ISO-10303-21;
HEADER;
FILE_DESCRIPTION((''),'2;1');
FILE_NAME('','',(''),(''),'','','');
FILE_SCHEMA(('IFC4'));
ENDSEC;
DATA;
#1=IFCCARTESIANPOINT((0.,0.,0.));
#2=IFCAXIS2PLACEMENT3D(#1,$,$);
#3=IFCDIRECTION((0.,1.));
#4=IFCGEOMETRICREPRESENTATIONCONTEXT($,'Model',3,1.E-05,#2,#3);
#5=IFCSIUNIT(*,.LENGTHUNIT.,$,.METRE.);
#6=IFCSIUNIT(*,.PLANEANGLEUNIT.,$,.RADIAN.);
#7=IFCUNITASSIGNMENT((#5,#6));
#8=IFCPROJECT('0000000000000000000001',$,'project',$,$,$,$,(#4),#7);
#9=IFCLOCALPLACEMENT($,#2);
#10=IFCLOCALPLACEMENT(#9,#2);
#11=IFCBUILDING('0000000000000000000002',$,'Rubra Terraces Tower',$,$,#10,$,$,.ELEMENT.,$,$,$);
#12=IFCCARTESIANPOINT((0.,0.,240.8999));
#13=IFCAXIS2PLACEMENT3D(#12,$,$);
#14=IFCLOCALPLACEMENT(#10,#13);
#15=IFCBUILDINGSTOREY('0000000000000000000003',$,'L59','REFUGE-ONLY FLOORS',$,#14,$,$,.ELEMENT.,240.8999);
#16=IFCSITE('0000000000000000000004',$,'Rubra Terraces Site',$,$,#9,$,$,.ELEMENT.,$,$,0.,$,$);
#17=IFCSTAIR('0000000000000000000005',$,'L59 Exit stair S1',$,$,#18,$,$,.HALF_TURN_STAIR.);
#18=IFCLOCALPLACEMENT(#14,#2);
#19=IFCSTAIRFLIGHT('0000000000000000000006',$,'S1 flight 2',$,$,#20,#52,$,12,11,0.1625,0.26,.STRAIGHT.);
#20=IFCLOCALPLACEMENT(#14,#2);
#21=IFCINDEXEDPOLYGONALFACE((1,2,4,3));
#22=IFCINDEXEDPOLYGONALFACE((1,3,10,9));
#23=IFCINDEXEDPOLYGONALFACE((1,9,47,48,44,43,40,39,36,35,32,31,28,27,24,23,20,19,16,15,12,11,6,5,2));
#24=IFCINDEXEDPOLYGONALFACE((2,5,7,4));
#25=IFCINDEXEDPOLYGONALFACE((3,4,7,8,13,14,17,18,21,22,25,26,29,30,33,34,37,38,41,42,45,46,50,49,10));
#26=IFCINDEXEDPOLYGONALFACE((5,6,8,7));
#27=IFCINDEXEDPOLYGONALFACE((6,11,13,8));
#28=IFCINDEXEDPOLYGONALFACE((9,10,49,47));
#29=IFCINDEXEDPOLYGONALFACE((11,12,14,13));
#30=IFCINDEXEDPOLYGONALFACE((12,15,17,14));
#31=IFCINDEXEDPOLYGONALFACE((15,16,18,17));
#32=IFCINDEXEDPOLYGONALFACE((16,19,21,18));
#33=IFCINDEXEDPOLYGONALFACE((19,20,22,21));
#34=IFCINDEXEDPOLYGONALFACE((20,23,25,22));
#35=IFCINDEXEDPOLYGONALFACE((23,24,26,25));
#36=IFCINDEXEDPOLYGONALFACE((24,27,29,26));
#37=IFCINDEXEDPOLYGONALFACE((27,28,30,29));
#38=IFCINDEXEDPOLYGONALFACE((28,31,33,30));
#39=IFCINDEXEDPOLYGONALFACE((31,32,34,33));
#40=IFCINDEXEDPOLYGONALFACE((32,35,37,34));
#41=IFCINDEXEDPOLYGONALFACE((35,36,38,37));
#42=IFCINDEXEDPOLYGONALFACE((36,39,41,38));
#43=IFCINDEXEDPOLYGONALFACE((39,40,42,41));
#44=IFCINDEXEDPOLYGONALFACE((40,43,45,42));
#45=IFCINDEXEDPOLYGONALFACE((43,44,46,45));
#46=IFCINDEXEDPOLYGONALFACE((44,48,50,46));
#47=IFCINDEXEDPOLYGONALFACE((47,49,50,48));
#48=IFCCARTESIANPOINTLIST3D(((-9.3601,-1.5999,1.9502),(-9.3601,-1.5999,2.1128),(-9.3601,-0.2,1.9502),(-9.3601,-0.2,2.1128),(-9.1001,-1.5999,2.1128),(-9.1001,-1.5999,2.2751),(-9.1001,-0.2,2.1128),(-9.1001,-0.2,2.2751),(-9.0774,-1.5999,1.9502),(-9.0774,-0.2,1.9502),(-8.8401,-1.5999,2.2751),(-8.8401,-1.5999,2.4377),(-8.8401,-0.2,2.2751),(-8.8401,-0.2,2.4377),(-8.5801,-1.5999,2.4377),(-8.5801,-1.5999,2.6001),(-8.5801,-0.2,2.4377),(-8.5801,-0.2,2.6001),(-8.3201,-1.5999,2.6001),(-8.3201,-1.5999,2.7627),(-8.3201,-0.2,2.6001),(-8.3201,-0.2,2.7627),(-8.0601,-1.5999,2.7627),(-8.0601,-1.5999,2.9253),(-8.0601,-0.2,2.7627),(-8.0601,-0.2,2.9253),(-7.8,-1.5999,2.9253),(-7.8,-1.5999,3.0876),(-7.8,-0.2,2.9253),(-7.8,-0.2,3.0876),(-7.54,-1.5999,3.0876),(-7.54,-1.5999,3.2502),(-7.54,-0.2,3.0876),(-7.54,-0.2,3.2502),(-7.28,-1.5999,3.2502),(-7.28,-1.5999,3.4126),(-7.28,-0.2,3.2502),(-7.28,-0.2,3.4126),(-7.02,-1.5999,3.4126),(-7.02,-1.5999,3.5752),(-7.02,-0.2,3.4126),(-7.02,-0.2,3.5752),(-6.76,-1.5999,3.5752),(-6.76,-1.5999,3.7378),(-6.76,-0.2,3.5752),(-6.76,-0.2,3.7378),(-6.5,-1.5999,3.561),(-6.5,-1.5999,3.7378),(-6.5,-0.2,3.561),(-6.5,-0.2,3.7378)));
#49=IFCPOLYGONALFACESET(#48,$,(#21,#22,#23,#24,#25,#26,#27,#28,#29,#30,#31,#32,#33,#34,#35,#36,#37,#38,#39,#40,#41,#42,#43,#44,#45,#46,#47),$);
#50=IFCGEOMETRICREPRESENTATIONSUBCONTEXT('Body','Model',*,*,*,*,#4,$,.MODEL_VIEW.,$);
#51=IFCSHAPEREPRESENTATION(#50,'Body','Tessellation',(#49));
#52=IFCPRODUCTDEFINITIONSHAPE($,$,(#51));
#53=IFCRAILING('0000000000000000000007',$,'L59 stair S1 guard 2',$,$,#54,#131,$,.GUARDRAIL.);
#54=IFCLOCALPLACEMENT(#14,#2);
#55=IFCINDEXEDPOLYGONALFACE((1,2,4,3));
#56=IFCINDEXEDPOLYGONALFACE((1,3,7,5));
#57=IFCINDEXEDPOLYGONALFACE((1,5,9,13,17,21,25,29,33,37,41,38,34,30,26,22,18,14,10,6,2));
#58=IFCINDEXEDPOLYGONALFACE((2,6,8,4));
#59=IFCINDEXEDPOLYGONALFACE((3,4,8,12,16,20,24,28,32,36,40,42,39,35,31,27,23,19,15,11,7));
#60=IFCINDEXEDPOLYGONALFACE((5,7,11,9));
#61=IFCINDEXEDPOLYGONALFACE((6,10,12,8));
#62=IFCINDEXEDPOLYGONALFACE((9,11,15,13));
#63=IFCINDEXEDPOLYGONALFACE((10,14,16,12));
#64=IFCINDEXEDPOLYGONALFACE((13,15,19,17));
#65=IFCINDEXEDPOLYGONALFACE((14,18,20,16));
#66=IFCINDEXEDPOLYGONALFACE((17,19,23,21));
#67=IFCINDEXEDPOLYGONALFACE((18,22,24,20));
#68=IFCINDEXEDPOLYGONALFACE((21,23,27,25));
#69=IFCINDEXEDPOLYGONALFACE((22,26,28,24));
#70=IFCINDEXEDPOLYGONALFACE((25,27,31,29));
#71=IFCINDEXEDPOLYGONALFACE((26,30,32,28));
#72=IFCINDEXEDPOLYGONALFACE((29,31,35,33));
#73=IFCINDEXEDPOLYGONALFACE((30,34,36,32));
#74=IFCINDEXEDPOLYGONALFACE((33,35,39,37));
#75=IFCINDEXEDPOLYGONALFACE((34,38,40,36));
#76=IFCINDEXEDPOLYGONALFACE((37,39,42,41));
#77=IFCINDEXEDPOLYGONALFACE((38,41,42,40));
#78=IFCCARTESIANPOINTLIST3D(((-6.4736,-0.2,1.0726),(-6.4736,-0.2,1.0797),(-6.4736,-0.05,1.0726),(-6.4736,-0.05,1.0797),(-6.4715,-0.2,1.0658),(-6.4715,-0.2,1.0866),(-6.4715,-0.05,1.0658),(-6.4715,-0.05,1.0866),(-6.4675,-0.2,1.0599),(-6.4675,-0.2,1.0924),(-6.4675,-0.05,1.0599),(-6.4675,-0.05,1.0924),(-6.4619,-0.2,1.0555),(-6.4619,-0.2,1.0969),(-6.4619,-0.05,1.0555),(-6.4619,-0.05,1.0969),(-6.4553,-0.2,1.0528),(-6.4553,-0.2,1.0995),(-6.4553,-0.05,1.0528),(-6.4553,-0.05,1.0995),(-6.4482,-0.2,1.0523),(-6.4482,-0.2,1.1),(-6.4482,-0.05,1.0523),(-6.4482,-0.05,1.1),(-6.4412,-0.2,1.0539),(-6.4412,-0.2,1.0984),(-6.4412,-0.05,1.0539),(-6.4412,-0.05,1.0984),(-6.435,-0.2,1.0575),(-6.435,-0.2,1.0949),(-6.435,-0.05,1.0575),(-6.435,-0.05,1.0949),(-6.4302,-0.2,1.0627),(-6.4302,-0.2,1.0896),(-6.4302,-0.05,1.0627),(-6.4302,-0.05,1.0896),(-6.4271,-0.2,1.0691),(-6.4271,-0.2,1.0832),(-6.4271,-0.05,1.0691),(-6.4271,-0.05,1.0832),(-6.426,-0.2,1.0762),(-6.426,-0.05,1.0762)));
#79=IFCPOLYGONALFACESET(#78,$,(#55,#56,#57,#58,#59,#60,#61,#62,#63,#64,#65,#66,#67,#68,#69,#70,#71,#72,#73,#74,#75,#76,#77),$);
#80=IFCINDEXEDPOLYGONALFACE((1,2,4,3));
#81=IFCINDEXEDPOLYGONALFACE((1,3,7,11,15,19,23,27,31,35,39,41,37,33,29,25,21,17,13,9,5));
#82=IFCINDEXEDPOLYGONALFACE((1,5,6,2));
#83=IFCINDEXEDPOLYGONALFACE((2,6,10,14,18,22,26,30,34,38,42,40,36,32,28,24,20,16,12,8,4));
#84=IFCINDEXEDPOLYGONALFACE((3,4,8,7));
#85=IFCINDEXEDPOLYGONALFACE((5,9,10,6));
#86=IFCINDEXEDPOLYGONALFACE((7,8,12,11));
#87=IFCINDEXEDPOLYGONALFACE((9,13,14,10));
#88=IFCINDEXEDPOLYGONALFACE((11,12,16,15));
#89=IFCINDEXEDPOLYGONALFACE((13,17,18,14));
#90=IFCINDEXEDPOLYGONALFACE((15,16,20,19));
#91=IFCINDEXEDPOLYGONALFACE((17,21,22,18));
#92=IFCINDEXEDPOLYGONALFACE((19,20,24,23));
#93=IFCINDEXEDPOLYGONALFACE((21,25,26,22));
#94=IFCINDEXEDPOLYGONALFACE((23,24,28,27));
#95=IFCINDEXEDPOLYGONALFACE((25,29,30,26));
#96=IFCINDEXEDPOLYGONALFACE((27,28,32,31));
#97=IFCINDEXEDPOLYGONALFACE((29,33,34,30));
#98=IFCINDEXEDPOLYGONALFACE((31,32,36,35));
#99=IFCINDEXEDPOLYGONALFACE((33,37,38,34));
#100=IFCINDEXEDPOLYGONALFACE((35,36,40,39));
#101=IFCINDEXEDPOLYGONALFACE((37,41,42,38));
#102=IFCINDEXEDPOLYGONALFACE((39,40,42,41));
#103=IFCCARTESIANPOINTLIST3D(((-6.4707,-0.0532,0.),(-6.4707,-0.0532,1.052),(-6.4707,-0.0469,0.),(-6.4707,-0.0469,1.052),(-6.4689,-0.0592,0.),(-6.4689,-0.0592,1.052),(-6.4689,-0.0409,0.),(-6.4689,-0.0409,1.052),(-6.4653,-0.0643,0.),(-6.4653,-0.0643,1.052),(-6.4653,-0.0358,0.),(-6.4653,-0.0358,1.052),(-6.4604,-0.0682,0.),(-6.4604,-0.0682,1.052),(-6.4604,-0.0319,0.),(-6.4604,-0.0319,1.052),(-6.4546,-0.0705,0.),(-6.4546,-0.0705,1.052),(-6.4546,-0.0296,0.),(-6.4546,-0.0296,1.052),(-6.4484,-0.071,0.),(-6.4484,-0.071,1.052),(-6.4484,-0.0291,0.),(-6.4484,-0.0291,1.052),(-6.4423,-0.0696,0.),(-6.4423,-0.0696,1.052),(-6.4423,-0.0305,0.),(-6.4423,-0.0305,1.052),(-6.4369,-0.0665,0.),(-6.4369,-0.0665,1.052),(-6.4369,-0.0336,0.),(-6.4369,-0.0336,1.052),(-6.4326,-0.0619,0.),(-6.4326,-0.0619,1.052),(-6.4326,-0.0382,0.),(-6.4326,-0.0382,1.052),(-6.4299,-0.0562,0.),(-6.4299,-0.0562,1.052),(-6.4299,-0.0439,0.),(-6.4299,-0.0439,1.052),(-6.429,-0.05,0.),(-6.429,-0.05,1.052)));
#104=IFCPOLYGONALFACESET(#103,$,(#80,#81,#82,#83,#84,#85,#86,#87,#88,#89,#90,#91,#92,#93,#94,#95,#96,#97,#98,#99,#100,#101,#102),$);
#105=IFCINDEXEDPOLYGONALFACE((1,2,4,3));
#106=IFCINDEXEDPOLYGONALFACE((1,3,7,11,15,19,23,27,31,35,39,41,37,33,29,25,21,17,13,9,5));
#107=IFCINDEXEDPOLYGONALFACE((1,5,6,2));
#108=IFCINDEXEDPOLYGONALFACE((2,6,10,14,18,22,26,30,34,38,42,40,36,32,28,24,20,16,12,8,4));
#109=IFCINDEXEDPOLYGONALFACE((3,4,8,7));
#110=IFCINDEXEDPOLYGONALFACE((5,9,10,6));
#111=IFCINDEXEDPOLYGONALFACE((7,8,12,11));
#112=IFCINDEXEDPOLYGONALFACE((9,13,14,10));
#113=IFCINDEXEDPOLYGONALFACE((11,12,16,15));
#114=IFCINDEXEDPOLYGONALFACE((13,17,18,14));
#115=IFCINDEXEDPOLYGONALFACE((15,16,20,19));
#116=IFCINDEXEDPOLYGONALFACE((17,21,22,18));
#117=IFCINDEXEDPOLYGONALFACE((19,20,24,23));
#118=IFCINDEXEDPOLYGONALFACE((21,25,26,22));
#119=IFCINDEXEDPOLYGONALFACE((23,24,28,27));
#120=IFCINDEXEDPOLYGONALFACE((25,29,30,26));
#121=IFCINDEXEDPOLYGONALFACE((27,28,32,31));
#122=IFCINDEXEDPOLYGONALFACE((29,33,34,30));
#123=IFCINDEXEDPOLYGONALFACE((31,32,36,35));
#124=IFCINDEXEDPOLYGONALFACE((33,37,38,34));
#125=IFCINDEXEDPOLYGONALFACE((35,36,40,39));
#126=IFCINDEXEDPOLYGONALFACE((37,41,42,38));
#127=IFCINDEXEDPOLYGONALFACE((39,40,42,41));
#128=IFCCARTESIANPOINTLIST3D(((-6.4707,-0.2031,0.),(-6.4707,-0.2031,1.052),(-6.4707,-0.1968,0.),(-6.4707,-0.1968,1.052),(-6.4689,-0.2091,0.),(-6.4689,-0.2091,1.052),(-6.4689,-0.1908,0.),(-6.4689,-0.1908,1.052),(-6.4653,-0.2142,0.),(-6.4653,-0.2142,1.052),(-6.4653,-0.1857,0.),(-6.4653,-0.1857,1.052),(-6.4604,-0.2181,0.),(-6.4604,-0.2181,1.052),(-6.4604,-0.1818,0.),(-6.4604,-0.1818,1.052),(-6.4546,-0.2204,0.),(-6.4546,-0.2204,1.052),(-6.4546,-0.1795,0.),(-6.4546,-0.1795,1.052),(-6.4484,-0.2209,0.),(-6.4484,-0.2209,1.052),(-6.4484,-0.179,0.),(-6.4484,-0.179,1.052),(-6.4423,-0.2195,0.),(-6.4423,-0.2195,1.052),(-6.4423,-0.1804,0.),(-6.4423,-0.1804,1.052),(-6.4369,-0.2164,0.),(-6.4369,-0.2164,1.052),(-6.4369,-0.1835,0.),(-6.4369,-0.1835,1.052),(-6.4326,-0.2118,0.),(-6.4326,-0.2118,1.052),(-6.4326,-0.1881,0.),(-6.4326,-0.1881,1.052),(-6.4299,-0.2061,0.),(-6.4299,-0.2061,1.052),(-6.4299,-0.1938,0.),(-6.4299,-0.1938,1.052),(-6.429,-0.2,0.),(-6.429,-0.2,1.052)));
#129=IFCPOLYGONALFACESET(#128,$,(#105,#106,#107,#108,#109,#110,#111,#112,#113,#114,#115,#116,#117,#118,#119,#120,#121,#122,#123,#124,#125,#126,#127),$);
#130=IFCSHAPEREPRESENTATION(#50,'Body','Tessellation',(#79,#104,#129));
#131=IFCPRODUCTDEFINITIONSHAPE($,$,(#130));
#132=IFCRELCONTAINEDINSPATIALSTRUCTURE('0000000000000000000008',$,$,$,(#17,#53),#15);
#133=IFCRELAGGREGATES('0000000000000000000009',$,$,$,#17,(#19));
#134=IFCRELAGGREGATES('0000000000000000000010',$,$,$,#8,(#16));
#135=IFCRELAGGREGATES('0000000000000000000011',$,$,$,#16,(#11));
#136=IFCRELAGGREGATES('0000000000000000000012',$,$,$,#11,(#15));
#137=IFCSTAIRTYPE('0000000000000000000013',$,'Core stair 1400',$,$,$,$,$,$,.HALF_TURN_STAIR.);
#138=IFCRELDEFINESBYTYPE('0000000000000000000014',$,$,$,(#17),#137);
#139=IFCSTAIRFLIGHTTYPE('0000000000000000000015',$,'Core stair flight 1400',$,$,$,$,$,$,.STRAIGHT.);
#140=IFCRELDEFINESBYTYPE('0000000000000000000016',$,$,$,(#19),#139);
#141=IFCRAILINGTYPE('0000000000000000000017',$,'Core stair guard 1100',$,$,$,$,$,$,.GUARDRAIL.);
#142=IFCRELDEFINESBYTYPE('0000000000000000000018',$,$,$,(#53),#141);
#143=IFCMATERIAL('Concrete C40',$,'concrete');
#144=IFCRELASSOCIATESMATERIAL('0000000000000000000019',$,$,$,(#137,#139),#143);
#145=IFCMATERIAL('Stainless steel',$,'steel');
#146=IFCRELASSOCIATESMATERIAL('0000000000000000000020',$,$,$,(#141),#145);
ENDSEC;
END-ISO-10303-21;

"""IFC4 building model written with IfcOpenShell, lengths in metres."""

from ifc_helpers import new_model, si_unit, direction, frame, origin, origin_2d, place, context, subcontext, project, spatial, polyline, circle, outline, extrude, material, type_object, element, aggregate, save


model = new_model("IFC4")

# Units and contexts
model_context = context("Model", 3, precision=1e-05, world=origin(), true_north=direction((0.0, 1.0)))
body_context = subcontext(model_context, "Body", "Model", "MODEL_VIEW")
ifc_project = project(units=[si_unit("LENGTHUNIT", "METRE"), si_unit("PLANEANGLEUNIT", "RADIAN")], contexts=[model_context])

# Site, building, storey
site_placement = place(None, origin())
site = spatial("IfcSite", under=ifc_project, at=site_placement, Name="Rubra Terraces Site", CompositionType="ELEMENT", RefElevation=0.0)
building_placement = place(site_placement, origin())
building = spatial("IfcBuilding", under=site, at=building_placement, Name="Rubra Terraces Tower", CompositionType="ELEMENT")
storey_placement = place(building_placement, frame((0.0, 0.0, 240.8999)))
storey = spatial("IfcBuildingStorey", under=building, at=storey_placement, Name="L59", Description="REFUGE-ONLY FLOORS", CompositionType="ELEMENT", Elevation=240.8999)

# Shared definitions
ifc_material_1 = material(Name="Concrete C40", Category="concrete")

# Stair, stair flight
stair_type = type_object("IfcStairType", Name="Core stair 1400", PredefinedType="HALF_TURN_STAIR", material=ifc_material_1)
stair_placement = place(storey_placement, origin())
stair = element("IfcStair", 1, at=stair_placement, inside=storey, type_object=stair_type, Name="L59 Exit stair S1", PredefinedType="HALF_TURN_STAIR")
stair_flight_type = type_object("IfcStairFlightType", Name="Core stair flight 1400", PredefinedType="STRAIGHT", material=ifc_material_1)
stair_flight_1_placement = place(storey_placement, frame((-9.3601, -0.8999, 1.9502), z_axis=(0.0, 0.0, 1.0), x_axis=(1.0, 0.0, 0.0)))
stair_flight_1 = element("IfcStairFlight", 2, at=stair_flight_1_placement, type_object=stair_flight_type, Name="S1 flight 2", NumberOfRisers=12, NumberOfTreads=11, PredefinedType="STRAIGHT", RiserHeight=0.1625, TreadLength=0.26, context=body_context, shape_type="SweptSolid", body=[
    extrude(outline(polyline([(0.0, 0.0), (0.0, 0.1626), (0.26, 0.1626), (0.26, 0.325), (0.52, 0.325), (0.52, 0.4875), (0.78, 0.4875), (0.78, 0.6499), (1.04, 0.6499), (1.04, 0.8125), (1.3, 0.8125), (1.3, 0.9751), (1.5601, 0.9751), (1.5601, 1.1375), (1.8201, 1.1375), (1.8201, 1.3), (2.0801, 1.3), (2.0801, 1.4624), (2.3401, 1.4624), (2.3401, 1.625), (2.6001, 1.625), (2.6001, 1.7876), (2.8601, 1.7876), (2.8601, 1.95), (2.8601, 1.6108), (0.2827, 0.0), (0.0, 0.0)])), frame((0.0, 0.7, 0.0), z_axis=(0.0, -1.0, 0.0), x_axis=(1.0, 0.0, 0.0)), (0.0, 0.0, 1.0), 1.3999),
])
aggregate(stair, [stair_flight_1])

# Railing
ifc_material_2 = material(Name="Stainless steel", Category="steel")
railing_type_1 = type_object("IfcRailingType", Name="Core stair guard 1100", PredefinedType="GUARDRAIL", material=ifc_material_2)
railing_1_placement = place(storey_placement, frame((-6.45, -0.05, 0.0)))
element("IfcRailing", 3, at=railing_1_placement, inside=storey, type_object=railing_type_1, Name="L59 stair S1 guard 2", PredefinedType="GUARDRAIL", context=body_context, shape_type="SweptSolid", body=[
    extrude(circle(Radius=0.0239, at=origin_2d()), frame((0.0, 0.0, 1.0762), z_axis=(0.0, -1.0, 0.0), x_axis=(1.0, 0.0, 0.0)), (0.0, 0.0, 1.0), 0.1499),
    extrude(circle(Radius=0.021, at=origin_2d()), origin(), (0.0, 0.0, 1.0), 1.052),
    extrude(circle(Radius=0.021, at=origin_2d()), frame((0.0, -0.1499, 0.0)), (0.0, 0.0, 1.0), 1.052),
])

save(model, "model.ifc")
